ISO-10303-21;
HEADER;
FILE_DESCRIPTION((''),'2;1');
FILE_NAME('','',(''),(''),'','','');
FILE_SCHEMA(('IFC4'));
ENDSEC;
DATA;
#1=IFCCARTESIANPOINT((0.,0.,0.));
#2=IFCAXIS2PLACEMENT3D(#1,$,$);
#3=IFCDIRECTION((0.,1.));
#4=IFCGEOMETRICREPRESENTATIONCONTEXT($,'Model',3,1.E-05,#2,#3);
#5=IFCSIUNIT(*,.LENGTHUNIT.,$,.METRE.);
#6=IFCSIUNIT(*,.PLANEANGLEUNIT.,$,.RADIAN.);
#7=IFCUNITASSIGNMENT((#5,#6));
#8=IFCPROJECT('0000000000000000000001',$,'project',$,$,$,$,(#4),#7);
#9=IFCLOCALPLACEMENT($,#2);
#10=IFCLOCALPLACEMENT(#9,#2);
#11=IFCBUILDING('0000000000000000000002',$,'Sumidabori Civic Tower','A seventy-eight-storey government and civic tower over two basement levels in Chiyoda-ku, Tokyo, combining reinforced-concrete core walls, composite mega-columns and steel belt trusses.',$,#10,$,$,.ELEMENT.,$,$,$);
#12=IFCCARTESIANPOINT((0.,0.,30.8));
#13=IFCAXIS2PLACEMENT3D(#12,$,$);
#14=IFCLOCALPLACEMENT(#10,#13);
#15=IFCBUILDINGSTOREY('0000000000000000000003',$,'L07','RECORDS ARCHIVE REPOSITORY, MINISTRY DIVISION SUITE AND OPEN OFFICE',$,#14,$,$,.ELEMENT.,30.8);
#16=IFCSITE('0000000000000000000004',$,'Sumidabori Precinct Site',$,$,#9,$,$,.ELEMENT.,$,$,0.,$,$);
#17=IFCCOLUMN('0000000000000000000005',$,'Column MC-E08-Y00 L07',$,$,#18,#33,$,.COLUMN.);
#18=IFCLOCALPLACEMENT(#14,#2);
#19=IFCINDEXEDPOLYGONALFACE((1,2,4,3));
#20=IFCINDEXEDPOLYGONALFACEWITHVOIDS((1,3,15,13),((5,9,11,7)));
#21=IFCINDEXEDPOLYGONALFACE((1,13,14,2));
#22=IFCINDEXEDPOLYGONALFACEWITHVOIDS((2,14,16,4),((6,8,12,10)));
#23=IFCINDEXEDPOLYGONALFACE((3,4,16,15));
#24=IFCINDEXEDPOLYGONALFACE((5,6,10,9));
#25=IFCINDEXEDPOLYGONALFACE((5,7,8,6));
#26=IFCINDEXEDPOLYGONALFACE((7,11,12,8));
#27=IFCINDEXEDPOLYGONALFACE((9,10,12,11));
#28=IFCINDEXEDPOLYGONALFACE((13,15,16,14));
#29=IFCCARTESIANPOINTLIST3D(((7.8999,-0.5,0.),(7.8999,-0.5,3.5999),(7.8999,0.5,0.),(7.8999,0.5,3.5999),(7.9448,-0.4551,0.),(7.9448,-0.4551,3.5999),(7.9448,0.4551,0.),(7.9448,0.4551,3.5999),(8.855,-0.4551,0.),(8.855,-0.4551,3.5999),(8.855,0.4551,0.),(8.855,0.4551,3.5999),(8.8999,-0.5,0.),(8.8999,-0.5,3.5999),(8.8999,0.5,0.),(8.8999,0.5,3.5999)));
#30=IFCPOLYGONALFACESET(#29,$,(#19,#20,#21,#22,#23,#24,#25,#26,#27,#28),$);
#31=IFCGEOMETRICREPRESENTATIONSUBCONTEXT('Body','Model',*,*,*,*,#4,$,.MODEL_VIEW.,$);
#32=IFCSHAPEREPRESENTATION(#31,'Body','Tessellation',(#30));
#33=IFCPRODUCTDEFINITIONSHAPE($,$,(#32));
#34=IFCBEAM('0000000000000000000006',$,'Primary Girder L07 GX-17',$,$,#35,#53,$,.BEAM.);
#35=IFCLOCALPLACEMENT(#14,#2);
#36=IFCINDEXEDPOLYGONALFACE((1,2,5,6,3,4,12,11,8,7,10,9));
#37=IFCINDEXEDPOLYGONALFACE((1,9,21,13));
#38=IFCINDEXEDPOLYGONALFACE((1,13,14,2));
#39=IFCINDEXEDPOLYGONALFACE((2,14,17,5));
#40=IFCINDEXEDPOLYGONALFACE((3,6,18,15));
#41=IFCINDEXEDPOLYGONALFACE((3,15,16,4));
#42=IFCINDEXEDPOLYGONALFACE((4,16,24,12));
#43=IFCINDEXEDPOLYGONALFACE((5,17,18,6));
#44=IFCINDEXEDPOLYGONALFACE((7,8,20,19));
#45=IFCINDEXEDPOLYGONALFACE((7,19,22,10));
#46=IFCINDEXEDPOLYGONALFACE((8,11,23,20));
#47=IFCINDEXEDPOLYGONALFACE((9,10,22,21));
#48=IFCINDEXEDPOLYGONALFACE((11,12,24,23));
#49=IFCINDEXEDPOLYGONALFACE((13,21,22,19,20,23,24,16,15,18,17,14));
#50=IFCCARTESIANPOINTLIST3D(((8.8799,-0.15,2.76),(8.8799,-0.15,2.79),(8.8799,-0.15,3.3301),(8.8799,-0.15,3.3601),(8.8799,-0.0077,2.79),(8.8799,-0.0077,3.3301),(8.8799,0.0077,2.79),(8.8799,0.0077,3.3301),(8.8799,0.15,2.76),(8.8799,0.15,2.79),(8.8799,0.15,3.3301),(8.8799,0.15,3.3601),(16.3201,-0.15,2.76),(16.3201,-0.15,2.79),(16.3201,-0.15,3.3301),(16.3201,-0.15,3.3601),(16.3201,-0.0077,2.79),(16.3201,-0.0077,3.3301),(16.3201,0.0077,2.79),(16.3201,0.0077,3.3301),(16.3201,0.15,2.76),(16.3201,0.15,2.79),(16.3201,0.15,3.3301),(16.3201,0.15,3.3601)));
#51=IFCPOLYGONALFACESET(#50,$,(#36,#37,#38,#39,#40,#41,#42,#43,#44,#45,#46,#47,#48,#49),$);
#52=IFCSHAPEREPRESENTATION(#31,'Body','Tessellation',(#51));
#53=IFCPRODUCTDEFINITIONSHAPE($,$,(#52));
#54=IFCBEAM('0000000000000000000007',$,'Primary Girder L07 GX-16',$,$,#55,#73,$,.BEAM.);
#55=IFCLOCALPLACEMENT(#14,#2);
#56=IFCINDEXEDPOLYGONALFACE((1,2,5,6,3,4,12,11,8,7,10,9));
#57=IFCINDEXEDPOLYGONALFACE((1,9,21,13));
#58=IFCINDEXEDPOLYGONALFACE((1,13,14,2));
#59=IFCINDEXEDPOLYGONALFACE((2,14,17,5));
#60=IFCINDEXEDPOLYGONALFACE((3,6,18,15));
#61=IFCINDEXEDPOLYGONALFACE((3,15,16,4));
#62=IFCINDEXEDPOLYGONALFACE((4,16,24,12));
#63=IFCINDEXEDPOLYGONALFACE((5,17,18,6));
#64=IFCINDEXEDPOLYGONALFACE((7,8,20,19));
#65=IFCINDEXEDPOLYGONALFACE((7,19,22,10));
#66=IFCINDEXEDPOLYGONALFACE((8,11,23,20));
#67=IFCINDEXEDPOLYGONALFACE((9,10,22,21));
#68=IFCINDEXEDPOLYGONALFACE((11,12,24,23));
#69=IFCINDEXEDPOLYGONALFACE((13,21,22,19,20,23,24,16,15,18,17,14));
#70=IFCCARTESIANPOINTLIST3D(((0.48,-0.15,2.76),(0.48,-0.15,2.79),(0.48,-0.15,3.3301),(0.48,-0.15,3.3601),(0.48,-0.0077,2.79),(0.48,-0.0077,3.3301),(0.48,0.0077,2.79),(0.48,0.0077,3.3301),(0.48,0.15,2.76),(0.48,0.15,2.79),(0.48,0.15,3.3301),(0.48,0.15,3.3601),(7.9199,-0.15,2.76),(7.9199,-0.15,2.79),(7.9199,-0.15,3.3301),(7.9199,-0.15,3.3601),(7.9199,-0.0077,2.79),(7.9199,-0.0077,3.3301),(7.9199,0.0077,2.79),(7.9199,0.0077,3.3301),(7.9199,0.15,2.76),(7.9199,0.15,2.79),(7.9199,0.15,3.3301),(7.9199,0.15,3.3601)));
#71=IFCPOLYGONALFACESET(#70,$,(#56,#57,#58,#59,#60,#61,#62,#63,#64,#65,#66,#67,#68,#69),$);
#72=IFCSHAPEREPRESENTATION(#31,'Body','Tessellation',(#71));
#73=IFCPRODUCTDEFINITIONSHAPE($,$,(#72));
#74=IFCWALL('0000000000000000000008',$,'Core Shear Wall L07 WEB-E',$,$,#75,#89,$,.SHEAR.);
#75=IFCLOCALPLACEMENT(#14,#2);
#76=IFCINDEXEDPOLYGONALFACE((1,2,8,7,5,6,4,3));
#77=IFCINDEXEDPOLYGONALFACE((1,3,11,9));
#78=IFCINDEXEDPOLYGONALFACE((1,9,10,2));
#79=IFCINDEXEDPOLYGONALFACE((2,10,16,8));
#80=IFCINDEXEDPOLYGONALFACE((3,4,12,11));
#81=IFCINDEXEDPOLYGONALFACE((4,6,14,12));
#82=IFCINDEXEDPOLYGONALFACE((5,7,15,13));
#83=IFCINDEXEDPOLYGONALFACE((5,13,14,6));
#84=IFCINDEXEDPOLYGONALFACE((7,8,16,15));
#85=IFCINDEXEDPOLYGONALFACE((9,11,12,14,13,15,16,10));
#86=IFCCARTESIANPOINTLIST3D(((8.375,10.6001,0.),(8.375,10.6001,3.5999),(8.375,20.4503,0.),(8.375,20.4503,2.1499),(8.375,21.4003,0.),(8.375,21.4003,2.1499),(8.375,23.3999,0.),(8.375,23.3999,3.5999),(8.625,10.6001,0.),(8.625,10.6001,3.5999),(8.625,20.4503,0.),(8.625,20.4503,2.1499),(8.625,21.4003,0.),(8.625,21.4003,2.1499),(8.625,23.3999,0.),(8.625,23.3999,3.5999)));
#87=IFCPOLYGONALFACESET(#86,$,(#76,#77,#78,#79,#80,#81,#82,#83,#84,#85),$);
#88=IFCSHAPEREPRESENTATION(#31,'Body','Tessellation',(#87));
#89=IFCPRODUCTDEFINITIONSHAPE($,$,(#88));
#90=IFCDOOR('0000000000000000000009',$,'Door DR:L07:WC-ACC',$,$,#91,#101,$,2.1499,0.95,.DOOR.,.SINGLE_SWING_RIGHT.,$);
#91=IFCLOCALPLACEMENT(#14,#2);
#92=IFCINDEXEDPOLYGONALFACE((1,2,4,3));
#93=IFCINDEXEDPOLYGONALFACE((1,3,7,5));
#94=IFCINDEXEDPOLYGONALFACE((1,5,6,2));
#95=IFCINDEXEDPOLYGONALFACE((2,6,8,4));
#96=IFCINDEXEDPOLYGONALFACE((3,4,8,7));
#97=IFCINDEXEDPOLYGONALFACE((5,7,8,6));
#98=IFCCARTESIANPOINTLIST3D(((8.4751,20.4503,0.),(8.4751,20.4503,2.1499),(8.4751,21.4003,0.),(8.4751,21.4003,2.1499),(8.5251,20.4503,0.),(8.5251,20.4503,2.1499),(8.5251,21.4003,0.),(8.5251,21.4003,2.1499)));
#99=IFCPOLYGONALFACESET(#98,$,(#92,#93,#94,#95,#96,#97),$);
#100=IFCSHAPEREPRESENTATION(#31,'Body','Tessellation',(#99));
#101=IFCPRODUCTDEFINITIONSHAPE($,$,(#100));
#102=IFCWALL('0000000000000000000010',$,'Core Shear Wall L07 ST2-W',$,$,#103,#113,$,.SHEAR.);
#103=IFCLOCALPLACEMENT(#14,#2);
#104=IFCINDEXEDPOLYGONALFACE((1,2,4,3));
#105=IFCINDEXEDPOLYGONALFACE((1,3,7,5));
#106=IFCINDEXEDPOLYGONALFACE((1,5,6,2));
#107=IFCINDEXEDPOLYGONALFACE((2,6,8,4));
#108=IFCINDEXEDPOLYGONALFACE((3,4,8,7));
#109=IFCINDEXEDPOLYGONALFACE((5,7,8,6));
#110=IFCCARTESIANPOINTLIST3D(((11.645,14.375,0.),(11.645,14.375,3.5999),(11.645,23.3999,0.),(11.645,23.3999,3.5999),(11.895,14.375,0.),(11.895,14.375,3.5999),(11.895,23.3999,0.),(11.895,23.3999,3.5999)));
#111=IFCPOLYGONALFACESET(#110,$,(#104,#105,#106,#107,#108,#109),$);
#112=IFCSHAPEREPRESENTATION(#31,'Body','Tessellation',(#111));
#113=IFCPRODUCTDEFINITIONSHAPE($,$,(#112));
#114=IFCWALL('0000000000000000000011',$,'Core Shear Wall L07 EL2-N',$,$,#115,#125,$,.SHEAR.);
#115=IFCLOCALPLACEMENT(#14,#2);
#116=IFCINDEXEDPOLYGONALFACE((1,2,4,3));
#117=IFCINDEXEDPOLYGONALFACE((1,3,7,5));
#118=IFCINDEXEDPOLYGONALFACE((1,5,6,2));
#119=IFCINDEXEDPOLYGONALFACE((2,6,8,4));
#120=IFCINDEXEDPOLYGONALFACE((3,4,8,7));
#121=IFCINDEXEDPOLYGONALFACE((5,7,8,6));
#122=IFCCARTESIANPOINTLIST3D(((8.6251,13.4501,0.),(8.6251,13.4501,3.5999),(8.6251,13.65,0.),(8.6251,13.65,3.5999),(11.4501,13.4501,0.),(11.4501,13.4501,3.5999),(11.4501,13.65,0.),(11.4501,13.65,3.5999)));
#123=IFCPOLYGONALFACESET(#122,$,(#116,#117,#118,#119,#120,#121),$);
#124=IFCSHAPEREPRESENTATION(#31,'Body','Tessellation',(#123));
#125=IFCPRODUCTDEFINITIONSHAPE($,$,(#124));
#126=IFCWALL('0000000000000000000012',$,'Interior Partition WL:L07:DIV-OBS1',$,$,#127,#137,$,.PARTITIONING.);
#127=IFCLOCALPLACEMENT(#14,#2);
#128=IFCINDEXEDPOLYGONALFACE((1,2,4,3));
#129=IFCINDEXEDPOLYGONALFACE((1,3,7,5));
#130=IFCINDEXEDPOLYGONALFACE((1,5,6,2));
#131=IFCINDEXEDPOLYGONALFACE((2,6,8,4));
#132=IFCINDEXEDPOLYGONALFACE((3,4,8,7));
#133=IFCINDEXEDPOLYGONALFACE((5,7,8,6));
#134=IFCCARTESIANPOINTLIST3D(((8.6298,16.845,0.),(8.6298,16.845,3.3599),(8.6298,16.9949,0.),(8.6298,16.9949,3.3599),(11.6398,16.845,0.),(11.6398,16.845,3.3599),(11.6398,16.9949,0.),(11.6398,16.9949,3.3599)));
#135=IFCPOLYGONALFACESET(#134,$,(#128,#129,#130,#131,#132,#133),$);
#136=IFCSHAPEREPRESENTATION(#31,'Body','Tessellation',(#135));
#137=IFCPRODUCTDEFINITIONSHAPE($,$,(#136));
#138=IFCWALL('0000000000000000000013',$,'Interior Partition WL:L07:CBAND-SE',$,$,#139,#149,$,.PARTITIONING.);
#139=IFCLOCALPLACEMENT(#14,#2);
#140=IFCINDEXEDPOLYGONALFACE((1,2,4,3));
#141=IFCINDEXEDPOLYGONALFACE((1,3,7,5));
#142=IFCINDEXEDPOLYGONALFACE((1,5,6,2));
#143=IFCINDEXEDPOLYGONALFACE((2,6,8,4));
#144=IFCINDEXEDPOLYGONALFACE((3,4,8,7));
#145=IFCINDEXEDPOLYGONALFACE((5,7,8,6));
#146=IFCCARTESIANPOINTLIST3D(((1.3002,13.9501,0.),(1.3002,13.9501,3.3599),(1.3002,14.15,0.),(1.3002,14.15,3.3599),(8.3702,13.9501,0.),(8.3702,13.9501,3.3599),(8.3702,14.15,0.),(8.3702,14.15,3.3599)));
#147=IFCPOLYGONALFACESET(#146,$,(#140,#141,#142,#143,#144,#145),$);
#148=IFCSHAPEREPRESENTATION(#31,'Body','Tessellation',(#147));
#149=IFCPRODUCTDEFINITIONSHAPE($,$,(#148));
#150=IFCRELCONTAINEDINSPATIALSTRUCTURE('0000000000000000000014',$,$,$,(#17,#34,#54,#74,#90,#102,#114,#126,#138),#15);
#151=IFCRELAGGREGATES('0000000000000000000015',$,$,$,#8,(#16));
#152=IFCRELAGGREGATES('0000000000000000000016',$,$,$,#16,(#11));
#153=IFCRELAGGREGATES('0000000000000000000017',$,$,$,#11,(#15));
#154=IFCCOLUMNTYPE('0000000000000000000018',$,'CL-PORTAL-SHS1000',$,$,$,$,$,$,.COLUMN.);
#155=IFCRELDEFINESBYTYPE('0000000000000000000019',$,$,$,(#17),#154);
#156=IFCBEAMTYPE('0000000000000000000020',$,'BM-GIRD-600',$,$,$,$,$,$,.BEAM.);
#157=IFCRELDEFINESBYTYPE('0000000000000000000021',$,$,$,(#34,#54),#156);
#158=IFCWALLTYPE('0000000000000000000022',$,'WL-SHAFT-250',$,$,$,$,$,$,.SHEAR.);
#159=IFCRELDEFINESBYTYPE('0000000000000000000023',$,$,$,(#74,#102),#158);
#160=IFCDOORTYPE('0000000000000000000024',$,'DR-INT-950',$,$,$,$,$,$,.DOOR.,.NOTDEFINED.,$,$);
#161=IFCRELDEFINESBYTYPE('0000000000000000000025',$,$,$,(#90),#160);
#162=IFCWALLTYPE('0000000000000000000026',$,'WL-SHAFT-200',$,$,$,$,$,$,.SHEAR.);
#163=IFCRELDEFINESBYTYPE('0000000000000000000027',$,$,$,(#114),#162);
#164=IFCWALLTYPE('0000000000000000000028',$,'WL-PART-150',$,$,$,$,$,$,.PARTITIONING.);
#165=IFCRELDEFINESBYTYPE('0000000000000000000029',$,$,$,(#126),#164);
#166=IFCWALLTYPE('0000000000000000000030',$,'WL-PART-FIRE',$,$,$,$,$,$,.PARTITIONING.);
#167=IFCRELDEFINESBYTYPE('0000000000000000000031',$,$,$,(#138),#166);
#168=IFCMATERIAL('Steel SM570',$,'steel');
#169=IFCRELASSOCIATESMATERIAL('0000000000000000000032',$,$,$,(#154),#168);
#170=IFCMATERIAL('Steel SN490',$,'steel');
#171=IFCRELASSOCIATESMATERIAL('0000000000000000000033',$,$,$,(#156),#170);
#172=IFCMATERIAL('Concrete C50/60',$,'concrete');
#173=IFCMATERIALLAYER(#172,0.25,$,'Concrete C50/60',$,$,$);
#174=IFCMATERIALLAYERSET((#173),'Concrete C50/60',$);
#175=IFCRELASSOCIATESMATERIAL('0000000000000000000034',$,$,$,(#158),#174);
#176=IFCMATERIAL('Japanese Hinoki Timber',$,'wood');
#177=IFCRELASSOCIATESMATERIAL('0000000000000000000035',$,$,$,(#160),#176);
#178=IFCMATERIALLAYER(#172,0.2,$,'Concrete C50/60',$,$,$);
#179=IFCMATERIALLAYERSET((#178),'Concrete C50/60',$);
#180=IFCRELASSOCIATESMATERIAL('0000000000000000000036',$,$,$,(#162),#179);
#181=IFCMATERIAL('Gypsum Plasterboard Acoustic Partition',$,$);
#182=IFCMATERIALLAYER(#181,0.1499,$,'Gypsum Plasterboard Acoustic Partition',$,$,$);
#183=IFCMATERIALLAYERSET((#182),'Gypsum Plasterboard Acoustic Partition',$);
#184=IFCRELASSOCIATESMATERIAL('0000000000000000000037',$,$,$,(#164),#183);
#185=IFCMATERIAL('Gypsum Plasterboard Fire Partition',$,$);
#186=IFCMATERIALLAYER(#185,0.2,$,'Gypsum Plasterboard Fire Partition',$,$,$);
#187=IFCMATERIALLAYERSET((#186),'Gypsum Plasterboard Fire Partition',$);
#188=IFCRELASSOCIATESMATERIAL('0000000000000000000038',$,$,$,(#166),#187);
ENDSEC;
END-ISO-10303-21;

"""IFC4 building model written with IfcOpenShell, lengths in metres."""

from ifc_helpers import new_model, si_unit, direction, frame, frame_2d, origin, origin_2d, place, context, subcontext, project, spatial, rectangle, hollow_rectangle, i_section, extrude, source, transform, mapped, material, layer, layer_set, material_profile, profile_set, type_object, element, fill, save


model = new_model("IFC4")

# Units and contexts
model_context = context("Model", 3, precision=1e-05, world=origin(), true_north=direction((0.0, 1.0)))
body_context = subcontext(model_context, "Body", "Model", "MODEL_VIEW")
ifc_project = project(units=[si_unit("LENGTHUNIT", "METRE"), si_unit("PLANEANGLEUNIT", "RADIAN")], contexts=[model_context])

# Site, building, storey
site_placement = place(None, origin())
site = spatial("IfcSite", under=ifc_project, at=site_placement, Name="Sumidabori Precinct Site", CompositionType="ELEMENT", RefElevation=0.0)
building_placement = place(site_placement, origin())
building = spatial("IfcBuilding", under=site, at=building_placement, Name="Sumidabori Civic Tower", Description="A seventy-eight-storey government and civic tower over two basement levels in Chiyoda-ku, Tokyo, combining reinforced-concrete core walls, composite mega-columns and steel belt trusses.", CompositionType="ELEMENT")
storey_placement = place(building_placement, frame((0.0, 0.0, 30.8)))
storey = spatial("IfcBuildingStorey", under=building, at=storey_placement, Name="L07", Description="RECORDS ARCHIVE REPOSITORY, MINISTRY DIVISION SUITE AND OPEN OFFICE", CompositionType="ELEMENT", Elevation=30.8)

# Column
ifc_material_1 = material(Name="Steel SM570", Category="steel")
ifc_material_profile_1 = material_profile(ifc_material_1, hollow_rectangle(XDim=1.0, YDim=1.0, WallThickness=0.0449, at=origin_2d()), Name="SHS 1000x1000x45")
ifc_profile_set_1 = profile_set([ifc_material_profile_1], Name="Steel SM570")
column_type = type_object("IfcColumnType", Name="CL-PORTAL-SHS1000", PredefinedType="COLUMN", material=ifc_profile_set_1)
shared_shape_1 = source(origin(), body_context, "Body", "SweptSolid", [
    extrude(hollow_rectangle(XDim=1.0, YDim=1.0, WallThickness=0.0449, at=origin_2d()), origin(), (0.0, 0.0, 1.0), 3.5999),
])
column_placement = place(storey_placement, frame((8.3999, 0.0, 0.0), z_axis=(0.0, 0.0, 1.0), x_axis=(1.0, 0.0, 0.0)))
element("IfcColumn", 1, at=column_placement, inside=storey, type_object=column_type, Name="Column MC-E08-Y00 L07", PredefinedType="COLUMN", context=body_context, shape_type="MappedRepresentation", body=[
    mapped(shared_shape_1, transform((0.0, 0.0, 0.0), x_axis=(1.0, 0.0, 0.0), y_axis=(0.0, 1.0, 0.0), z_axis=(0.0, 0.0, 1.0), scale=1.0)),
])

# Beams
ifc_material_2 = material(Name="Steel SN490", Category="steel")
ifc_material_profile_2 = material_profile(ifc_material_2, i_section(OverallWidth=0.3, OverallDepth=0.6001, WebThickness=0.0154, FlangeThickness=0.03, at=origin_2d()), Name="HE 600 B")
ifc_profile_set_2 = profile_set([ifc_material_profile_2], Name="Steel SN490")
beam_type = type_object("IfcBeamType", Name="BM-GIRD-600", PredefinedType="BEAM", material=ifc_profile_set_2)
shared_shape_2 = source(origin(), body_context, "Body", "SweptSolid", [
    extrude(i_section(OverallWidth=0.3, OverallDepth=0.6001, WebThickness=0.0154, FlangeThickness=0.03, at=origin_2d()), origin(), (0.0, 0.0, 1.0), 7.4402),
])
beam_1_placement = place(storey_placement, frame((8.8799, 0.0, 3.0601), z_axis=(1.0, 0.0, 0.0), x_axis=(0.0, 1.0, 0.0)))
element("IfcBeam", 2, at=beam_1_placement, inside=storey, type_object=beam_type, Name="Primary Girder L07 GX-17", PredefinedType="BEAM", context=body_context, shape_type="MappedRepresentation", body=[
    mapped(shared_shape_2, transform((0.0, 0.0, 0.0), x_axis=(1.0, 0.0, 0.0), y_axis=(0.0, 1.0, 0.0), z_axis=(0.0, 0.0, 1.0), scale=1.0)),
])
shared_shape_3 = source(origin(), body_context, "Body", "SweptSolid", [
    extrude(i_section(OverallWidth=0.3, OverallDepth=0.6001, WebThickness=0.0154, FlangeThickness=0.03, at=origin_2d()), origin(), (0.0, 0.0, 1.0), 7.4399),
])
beam_2_placement = place(storey_placement, frame((0.48, 0.0, 3.0601), z_axis=(1.0, 0.0, 0.0), x_axis=(0.0, 1.0, 0.0)))
element("IfcBeam", 3, at=beam_2_placement, inside=storey, type_object=beam_type, Name="Primary Girder L07 GX-16", PredefinedType="BEAM", context=body_context, shape_type="MappedRepresentation", body=[
    mapped(shared_shape_3, transform((0.0, 0.0, 0.0), x_axis=(1.0, 0.0, 0.0), y_axis=(0.0, 1.0, 0.0), z_axis=(0.0, 0.0, 1.0), scale=1.0)),
])

# Wall, opening, door
ifc_material_3 = material(Name="Concrete C50/60", Category="concrete")
ifc_layer_1 = layer(ifc_material_3, 0.25, Name="Concrete C50/60")
ifc_layer_set_1 = layer_set([ifc_layer_1], Name="Concrete C50/60")
wall_type_1 = type_object("IfcWallType", Name="WL-SHAFT-250", PredefinedType="SHEAR", material=ifc_layer_set_1)
shared_shape_4 = source(origin(), body_context, "Body", "SweptSolid", [
    extrude(rectangle(XDim=12.7998, YDim=0.25, at=frame_2d((6.3999, 0.0))), origin(), (0.0, 0.0, 1.0), 3.5999),
])
wall_1_placement = place(storey_placement, frame((8.5, 10.6001, 0.0), z_axis=(0.0, 0.0, 1.0), x_axis=(0.0, 1.0, 0.0)))
wall_1 = element("IfcWall", 4, at=wall_1_placement, inside=storey, type_object=wall_type_1, Name="Core Shear Wall L07 WEB-E", PredefinedType="SHEAR", context=body_context, shape_type="MappedRepresentation", body=[
    mapped(shared_shape_4, transform((0.0, 0.0, 0.0), x_axis=(1.0, 0.0, 0.0), y_axis=(0.0, 1.0, 0.0), z_axis=(0.0, 0.0, 1.0), scale=1.0)),
])
opening_1_placement = place(wall_1_placement, frame((9.8501, 0.0, 0.0)))
opening_1 = element("IfcOpeningElement", 5, at=opening_1_placement, cuts=wall_1, PredefinedType="OPENING", context=body_context, shape_type="SweptSolid", body=[
    extrude(rectangle(XDim=0.95, YDim=2.1499, at=frame_2d((0.4751, 1.075))), frame((0.0, 0.137, 0.0), z_axis=(0.0, -1.0, 0.0), x_axis=(1.0, 0.0, 0.0)), (0.0, 0.0, 1.0), 0.2739),
])
ifc_material_4 = material(Name="Japanese Hinoki Timber", Category="wood")
door_type_1 = type_object("IfcDoorType", Name="DR-INT-950", OperationType="NOTDEFINED", PredefinedType="DOOR", material=ifc_material_4)
shared_shape_5 = source(origin(), body_context, "Body", "SweptSolid", [
    extrude(rectangle(XDim=0.95, YDim=2.1499, at=frame_2d((0.4751, 1.075))), frame((0.0, 0.0249, 0.0), z_axis=(0.0, -1.0, 0.0), x_axis=(1.0, 0.0, 0.0)), (0.0, 0.0, 1.0), 0.05),
])
door_1_placement = place(opening_1_placement, origin())
door_1 = element("IfcDoor", 6, at=door_1_placement, inside=storey, type_object=door_type_1, Name="Door DR:L07:WC-ACC", OperationType="SINGLE_SWING_RIGHT", OverallHeight=2.1499, OverallWidth=0.95, PredefinedType="DOOR", context=body_context, shape_type="MappedRepresentation", body=[
    mapped(shared_shape_5, transform((0.0, 0.0, 0.0), x_axis=(1.0, 0.0, 0.0), y_axis=(0.0, 1.0, 0.0), z_axis=(0.0, 0.0, 1.0), scale=1.0)),
])
fill(opening_1, door_1)

# Wall
shared_shape_6 = source(origin(), body_context, "Body", "SweptSolid", [
    extrude(rectangle(XDim=9.0249, YDim=0.25, at=frame_2d((4.5125, 0.0))), origin(), (0.0, 0.0, 1.0), 3.5999),
])
wall_2_placement = place(storey_placement, frame((11.77, 14.375, 0.0), z_axis=(0.0, 0.0, 1.0), x_axis=(0.0, 1.0, 0.0)))
element("IfcWall", 7, at=wall_2_placement, inside=storey, type_object=wall_type_1, Name="Core Shear Wall L07 ST2-W", PredefinedType="SHEAR", context=body_context, shape_type="MappedRepresentation", body=[
    mapped(shared_shape_6, transform((0.0, 0.0, 0.0), x_axis=(1.0, 0.0, 0.0), y_axis=(0.0, 1.0, 0.0), z_axis=(0.0, 0.0, 1.0), scale=1.0)),
])

# Shared definitions
ifc_layer_2 = layer(ifc_material_3, 0.2, Name="Concrete C50/60")
ifc_layer_set_2 = layer_set([ifc_layer_2], Name="Concrete C50/60")
wall_type_2 = type_object("IfcWallType", Name="WL-SHAFT-200", PredefinedType="SHEAR", material=ifc_layer_set_2)

# Walls
shared_shape_7 = source(origin(), body_context, "Body", "SweptSolid", [
    extrude(rectangle(XDim=2.825, YDim=0.2, at=frame_2d((1.4126, 0.0))), origin(), (0.0, 0.0, 1.0), 3.5999),
])
wall_3_placement = place(storey_placement, frame((8.625, 13.55, 0.0), z_axis=(0.0, 0.0, 1.0), x_axis=(1.0, 0.0, 0.0)))
element("IfcWall", 8, at=wall_3_placement, inside=storey, type_object=wall_type_2, Name="Core Shear Wall L07 EL2-N", PredefinedType="SHEAR", context=body_context, shape_type="MappedRepresentation", body=[
    mapped(shared_shape_7, transform((0.0, 0.0, 0.0), x_axis=(1.0, 0.0, 0.0), y_axis=(0.0, 1.0, 0.0), z_axis=(0.0, 0.0, 1.0), scale=1.0)),
])
ifc_material_5 = material(Name="Gypsum Plasterboard Acoustic Partition")
ifc_layer_3 = layer(ifc_material_5, 0.1499, Name="Gypsum Plasterboard Acoustic Partition")
ifc_layer_set_3 = layer_set([ifc_layer_3], Name="Gypsum Plasterboard Acoustic Partition")
wall_type_3 = type_object("IfcWallType", Name="WL-PART-150", PredefinedType="PARTITIONING", material=ifc_layer_set_3)
shared_shape_8 = source(origin(), body_context, "Body", "SweptSolid", [
    extrude(rectangle(XDim=3.01, YDim=0.1499, at=frame_2d((1.5049, 0.0))), origin(), (0.0, 0.0, 1.0), 3.3599),
])
wall_4_placement = place(storey_placement, frame((8.6299, 16.9199, 0.0), z_axis=(0.0, 0.0, 1.0), x_axis=(1.0, 0.0, 0.0)))
element("IfcWall", 9, at=wall_4_placement, inside=storey, type_object=wall_type_3, Name="Interior Partition WL:L07:DIV-OBS1", PredefinedType="PARTITIONING", context=body_context, shape_type="MappedRepresentation", body=[
    mapped(shared_shape_8, transform((0.0, 0.0, 0.0), x_axis=(1.0, 0.0, 0.0), y_axis=(0.0, 1.0, 0.0), z_axis=(0.0, 0.0, 1.0), scale=1.0)),
])
ifc_material_6 = material(Name="Gypsum Plasterboard Fire Partition")
ifc_layer_4 = layer(ifc_material_6, 0.2, Name="Gypsum Plasterboard Fire Partition")
ifc_layer_set_4 = layer_set([ifc_layer_4], Name="Gypsum Plasterboard Fire Partition")
wall_type_4 = type_object("IfcWallType", Name="WL-PART-FIRE", PredefinedType="PARTITIONING", material=ifc_layer_set_4)
shared_shape_9 = source(origin(), body_context, "Body", "SweptSolid", [
    extrude(rectangle(XDim=7.0701, YDim=0.2, at=frame_2d((3.5352, 0.0))), origin(), (0.0, 0.0, 1.0), 3.3599),
])
wall_5_placement = place(storey_placement, frame((1.3, 14.05, 0.0), z_axis=(0.0, 0.0, 1.0), x_axis=(1.0, 0.0, 0.0)))
element("IfcWall", 10, at=wall_5_placement, inside=storey, type_object=wall_type_4, Name="Interior Partition WL:L07:CBAND-SE", PredefinedType="PARTITIONING", context=body_context, shape_type="MappedRepresentation", body=[
    mapped(shared_shape_9, transform((0.0, 0.0, 0.0), x_axis=(1.0, 0.0, 0.0), y_axis=(0.0, 1.0, 0.0), z_axis=(0.0, 0.0, 1.0), scale=1.0)),
])

save(model, "model.ifc")
